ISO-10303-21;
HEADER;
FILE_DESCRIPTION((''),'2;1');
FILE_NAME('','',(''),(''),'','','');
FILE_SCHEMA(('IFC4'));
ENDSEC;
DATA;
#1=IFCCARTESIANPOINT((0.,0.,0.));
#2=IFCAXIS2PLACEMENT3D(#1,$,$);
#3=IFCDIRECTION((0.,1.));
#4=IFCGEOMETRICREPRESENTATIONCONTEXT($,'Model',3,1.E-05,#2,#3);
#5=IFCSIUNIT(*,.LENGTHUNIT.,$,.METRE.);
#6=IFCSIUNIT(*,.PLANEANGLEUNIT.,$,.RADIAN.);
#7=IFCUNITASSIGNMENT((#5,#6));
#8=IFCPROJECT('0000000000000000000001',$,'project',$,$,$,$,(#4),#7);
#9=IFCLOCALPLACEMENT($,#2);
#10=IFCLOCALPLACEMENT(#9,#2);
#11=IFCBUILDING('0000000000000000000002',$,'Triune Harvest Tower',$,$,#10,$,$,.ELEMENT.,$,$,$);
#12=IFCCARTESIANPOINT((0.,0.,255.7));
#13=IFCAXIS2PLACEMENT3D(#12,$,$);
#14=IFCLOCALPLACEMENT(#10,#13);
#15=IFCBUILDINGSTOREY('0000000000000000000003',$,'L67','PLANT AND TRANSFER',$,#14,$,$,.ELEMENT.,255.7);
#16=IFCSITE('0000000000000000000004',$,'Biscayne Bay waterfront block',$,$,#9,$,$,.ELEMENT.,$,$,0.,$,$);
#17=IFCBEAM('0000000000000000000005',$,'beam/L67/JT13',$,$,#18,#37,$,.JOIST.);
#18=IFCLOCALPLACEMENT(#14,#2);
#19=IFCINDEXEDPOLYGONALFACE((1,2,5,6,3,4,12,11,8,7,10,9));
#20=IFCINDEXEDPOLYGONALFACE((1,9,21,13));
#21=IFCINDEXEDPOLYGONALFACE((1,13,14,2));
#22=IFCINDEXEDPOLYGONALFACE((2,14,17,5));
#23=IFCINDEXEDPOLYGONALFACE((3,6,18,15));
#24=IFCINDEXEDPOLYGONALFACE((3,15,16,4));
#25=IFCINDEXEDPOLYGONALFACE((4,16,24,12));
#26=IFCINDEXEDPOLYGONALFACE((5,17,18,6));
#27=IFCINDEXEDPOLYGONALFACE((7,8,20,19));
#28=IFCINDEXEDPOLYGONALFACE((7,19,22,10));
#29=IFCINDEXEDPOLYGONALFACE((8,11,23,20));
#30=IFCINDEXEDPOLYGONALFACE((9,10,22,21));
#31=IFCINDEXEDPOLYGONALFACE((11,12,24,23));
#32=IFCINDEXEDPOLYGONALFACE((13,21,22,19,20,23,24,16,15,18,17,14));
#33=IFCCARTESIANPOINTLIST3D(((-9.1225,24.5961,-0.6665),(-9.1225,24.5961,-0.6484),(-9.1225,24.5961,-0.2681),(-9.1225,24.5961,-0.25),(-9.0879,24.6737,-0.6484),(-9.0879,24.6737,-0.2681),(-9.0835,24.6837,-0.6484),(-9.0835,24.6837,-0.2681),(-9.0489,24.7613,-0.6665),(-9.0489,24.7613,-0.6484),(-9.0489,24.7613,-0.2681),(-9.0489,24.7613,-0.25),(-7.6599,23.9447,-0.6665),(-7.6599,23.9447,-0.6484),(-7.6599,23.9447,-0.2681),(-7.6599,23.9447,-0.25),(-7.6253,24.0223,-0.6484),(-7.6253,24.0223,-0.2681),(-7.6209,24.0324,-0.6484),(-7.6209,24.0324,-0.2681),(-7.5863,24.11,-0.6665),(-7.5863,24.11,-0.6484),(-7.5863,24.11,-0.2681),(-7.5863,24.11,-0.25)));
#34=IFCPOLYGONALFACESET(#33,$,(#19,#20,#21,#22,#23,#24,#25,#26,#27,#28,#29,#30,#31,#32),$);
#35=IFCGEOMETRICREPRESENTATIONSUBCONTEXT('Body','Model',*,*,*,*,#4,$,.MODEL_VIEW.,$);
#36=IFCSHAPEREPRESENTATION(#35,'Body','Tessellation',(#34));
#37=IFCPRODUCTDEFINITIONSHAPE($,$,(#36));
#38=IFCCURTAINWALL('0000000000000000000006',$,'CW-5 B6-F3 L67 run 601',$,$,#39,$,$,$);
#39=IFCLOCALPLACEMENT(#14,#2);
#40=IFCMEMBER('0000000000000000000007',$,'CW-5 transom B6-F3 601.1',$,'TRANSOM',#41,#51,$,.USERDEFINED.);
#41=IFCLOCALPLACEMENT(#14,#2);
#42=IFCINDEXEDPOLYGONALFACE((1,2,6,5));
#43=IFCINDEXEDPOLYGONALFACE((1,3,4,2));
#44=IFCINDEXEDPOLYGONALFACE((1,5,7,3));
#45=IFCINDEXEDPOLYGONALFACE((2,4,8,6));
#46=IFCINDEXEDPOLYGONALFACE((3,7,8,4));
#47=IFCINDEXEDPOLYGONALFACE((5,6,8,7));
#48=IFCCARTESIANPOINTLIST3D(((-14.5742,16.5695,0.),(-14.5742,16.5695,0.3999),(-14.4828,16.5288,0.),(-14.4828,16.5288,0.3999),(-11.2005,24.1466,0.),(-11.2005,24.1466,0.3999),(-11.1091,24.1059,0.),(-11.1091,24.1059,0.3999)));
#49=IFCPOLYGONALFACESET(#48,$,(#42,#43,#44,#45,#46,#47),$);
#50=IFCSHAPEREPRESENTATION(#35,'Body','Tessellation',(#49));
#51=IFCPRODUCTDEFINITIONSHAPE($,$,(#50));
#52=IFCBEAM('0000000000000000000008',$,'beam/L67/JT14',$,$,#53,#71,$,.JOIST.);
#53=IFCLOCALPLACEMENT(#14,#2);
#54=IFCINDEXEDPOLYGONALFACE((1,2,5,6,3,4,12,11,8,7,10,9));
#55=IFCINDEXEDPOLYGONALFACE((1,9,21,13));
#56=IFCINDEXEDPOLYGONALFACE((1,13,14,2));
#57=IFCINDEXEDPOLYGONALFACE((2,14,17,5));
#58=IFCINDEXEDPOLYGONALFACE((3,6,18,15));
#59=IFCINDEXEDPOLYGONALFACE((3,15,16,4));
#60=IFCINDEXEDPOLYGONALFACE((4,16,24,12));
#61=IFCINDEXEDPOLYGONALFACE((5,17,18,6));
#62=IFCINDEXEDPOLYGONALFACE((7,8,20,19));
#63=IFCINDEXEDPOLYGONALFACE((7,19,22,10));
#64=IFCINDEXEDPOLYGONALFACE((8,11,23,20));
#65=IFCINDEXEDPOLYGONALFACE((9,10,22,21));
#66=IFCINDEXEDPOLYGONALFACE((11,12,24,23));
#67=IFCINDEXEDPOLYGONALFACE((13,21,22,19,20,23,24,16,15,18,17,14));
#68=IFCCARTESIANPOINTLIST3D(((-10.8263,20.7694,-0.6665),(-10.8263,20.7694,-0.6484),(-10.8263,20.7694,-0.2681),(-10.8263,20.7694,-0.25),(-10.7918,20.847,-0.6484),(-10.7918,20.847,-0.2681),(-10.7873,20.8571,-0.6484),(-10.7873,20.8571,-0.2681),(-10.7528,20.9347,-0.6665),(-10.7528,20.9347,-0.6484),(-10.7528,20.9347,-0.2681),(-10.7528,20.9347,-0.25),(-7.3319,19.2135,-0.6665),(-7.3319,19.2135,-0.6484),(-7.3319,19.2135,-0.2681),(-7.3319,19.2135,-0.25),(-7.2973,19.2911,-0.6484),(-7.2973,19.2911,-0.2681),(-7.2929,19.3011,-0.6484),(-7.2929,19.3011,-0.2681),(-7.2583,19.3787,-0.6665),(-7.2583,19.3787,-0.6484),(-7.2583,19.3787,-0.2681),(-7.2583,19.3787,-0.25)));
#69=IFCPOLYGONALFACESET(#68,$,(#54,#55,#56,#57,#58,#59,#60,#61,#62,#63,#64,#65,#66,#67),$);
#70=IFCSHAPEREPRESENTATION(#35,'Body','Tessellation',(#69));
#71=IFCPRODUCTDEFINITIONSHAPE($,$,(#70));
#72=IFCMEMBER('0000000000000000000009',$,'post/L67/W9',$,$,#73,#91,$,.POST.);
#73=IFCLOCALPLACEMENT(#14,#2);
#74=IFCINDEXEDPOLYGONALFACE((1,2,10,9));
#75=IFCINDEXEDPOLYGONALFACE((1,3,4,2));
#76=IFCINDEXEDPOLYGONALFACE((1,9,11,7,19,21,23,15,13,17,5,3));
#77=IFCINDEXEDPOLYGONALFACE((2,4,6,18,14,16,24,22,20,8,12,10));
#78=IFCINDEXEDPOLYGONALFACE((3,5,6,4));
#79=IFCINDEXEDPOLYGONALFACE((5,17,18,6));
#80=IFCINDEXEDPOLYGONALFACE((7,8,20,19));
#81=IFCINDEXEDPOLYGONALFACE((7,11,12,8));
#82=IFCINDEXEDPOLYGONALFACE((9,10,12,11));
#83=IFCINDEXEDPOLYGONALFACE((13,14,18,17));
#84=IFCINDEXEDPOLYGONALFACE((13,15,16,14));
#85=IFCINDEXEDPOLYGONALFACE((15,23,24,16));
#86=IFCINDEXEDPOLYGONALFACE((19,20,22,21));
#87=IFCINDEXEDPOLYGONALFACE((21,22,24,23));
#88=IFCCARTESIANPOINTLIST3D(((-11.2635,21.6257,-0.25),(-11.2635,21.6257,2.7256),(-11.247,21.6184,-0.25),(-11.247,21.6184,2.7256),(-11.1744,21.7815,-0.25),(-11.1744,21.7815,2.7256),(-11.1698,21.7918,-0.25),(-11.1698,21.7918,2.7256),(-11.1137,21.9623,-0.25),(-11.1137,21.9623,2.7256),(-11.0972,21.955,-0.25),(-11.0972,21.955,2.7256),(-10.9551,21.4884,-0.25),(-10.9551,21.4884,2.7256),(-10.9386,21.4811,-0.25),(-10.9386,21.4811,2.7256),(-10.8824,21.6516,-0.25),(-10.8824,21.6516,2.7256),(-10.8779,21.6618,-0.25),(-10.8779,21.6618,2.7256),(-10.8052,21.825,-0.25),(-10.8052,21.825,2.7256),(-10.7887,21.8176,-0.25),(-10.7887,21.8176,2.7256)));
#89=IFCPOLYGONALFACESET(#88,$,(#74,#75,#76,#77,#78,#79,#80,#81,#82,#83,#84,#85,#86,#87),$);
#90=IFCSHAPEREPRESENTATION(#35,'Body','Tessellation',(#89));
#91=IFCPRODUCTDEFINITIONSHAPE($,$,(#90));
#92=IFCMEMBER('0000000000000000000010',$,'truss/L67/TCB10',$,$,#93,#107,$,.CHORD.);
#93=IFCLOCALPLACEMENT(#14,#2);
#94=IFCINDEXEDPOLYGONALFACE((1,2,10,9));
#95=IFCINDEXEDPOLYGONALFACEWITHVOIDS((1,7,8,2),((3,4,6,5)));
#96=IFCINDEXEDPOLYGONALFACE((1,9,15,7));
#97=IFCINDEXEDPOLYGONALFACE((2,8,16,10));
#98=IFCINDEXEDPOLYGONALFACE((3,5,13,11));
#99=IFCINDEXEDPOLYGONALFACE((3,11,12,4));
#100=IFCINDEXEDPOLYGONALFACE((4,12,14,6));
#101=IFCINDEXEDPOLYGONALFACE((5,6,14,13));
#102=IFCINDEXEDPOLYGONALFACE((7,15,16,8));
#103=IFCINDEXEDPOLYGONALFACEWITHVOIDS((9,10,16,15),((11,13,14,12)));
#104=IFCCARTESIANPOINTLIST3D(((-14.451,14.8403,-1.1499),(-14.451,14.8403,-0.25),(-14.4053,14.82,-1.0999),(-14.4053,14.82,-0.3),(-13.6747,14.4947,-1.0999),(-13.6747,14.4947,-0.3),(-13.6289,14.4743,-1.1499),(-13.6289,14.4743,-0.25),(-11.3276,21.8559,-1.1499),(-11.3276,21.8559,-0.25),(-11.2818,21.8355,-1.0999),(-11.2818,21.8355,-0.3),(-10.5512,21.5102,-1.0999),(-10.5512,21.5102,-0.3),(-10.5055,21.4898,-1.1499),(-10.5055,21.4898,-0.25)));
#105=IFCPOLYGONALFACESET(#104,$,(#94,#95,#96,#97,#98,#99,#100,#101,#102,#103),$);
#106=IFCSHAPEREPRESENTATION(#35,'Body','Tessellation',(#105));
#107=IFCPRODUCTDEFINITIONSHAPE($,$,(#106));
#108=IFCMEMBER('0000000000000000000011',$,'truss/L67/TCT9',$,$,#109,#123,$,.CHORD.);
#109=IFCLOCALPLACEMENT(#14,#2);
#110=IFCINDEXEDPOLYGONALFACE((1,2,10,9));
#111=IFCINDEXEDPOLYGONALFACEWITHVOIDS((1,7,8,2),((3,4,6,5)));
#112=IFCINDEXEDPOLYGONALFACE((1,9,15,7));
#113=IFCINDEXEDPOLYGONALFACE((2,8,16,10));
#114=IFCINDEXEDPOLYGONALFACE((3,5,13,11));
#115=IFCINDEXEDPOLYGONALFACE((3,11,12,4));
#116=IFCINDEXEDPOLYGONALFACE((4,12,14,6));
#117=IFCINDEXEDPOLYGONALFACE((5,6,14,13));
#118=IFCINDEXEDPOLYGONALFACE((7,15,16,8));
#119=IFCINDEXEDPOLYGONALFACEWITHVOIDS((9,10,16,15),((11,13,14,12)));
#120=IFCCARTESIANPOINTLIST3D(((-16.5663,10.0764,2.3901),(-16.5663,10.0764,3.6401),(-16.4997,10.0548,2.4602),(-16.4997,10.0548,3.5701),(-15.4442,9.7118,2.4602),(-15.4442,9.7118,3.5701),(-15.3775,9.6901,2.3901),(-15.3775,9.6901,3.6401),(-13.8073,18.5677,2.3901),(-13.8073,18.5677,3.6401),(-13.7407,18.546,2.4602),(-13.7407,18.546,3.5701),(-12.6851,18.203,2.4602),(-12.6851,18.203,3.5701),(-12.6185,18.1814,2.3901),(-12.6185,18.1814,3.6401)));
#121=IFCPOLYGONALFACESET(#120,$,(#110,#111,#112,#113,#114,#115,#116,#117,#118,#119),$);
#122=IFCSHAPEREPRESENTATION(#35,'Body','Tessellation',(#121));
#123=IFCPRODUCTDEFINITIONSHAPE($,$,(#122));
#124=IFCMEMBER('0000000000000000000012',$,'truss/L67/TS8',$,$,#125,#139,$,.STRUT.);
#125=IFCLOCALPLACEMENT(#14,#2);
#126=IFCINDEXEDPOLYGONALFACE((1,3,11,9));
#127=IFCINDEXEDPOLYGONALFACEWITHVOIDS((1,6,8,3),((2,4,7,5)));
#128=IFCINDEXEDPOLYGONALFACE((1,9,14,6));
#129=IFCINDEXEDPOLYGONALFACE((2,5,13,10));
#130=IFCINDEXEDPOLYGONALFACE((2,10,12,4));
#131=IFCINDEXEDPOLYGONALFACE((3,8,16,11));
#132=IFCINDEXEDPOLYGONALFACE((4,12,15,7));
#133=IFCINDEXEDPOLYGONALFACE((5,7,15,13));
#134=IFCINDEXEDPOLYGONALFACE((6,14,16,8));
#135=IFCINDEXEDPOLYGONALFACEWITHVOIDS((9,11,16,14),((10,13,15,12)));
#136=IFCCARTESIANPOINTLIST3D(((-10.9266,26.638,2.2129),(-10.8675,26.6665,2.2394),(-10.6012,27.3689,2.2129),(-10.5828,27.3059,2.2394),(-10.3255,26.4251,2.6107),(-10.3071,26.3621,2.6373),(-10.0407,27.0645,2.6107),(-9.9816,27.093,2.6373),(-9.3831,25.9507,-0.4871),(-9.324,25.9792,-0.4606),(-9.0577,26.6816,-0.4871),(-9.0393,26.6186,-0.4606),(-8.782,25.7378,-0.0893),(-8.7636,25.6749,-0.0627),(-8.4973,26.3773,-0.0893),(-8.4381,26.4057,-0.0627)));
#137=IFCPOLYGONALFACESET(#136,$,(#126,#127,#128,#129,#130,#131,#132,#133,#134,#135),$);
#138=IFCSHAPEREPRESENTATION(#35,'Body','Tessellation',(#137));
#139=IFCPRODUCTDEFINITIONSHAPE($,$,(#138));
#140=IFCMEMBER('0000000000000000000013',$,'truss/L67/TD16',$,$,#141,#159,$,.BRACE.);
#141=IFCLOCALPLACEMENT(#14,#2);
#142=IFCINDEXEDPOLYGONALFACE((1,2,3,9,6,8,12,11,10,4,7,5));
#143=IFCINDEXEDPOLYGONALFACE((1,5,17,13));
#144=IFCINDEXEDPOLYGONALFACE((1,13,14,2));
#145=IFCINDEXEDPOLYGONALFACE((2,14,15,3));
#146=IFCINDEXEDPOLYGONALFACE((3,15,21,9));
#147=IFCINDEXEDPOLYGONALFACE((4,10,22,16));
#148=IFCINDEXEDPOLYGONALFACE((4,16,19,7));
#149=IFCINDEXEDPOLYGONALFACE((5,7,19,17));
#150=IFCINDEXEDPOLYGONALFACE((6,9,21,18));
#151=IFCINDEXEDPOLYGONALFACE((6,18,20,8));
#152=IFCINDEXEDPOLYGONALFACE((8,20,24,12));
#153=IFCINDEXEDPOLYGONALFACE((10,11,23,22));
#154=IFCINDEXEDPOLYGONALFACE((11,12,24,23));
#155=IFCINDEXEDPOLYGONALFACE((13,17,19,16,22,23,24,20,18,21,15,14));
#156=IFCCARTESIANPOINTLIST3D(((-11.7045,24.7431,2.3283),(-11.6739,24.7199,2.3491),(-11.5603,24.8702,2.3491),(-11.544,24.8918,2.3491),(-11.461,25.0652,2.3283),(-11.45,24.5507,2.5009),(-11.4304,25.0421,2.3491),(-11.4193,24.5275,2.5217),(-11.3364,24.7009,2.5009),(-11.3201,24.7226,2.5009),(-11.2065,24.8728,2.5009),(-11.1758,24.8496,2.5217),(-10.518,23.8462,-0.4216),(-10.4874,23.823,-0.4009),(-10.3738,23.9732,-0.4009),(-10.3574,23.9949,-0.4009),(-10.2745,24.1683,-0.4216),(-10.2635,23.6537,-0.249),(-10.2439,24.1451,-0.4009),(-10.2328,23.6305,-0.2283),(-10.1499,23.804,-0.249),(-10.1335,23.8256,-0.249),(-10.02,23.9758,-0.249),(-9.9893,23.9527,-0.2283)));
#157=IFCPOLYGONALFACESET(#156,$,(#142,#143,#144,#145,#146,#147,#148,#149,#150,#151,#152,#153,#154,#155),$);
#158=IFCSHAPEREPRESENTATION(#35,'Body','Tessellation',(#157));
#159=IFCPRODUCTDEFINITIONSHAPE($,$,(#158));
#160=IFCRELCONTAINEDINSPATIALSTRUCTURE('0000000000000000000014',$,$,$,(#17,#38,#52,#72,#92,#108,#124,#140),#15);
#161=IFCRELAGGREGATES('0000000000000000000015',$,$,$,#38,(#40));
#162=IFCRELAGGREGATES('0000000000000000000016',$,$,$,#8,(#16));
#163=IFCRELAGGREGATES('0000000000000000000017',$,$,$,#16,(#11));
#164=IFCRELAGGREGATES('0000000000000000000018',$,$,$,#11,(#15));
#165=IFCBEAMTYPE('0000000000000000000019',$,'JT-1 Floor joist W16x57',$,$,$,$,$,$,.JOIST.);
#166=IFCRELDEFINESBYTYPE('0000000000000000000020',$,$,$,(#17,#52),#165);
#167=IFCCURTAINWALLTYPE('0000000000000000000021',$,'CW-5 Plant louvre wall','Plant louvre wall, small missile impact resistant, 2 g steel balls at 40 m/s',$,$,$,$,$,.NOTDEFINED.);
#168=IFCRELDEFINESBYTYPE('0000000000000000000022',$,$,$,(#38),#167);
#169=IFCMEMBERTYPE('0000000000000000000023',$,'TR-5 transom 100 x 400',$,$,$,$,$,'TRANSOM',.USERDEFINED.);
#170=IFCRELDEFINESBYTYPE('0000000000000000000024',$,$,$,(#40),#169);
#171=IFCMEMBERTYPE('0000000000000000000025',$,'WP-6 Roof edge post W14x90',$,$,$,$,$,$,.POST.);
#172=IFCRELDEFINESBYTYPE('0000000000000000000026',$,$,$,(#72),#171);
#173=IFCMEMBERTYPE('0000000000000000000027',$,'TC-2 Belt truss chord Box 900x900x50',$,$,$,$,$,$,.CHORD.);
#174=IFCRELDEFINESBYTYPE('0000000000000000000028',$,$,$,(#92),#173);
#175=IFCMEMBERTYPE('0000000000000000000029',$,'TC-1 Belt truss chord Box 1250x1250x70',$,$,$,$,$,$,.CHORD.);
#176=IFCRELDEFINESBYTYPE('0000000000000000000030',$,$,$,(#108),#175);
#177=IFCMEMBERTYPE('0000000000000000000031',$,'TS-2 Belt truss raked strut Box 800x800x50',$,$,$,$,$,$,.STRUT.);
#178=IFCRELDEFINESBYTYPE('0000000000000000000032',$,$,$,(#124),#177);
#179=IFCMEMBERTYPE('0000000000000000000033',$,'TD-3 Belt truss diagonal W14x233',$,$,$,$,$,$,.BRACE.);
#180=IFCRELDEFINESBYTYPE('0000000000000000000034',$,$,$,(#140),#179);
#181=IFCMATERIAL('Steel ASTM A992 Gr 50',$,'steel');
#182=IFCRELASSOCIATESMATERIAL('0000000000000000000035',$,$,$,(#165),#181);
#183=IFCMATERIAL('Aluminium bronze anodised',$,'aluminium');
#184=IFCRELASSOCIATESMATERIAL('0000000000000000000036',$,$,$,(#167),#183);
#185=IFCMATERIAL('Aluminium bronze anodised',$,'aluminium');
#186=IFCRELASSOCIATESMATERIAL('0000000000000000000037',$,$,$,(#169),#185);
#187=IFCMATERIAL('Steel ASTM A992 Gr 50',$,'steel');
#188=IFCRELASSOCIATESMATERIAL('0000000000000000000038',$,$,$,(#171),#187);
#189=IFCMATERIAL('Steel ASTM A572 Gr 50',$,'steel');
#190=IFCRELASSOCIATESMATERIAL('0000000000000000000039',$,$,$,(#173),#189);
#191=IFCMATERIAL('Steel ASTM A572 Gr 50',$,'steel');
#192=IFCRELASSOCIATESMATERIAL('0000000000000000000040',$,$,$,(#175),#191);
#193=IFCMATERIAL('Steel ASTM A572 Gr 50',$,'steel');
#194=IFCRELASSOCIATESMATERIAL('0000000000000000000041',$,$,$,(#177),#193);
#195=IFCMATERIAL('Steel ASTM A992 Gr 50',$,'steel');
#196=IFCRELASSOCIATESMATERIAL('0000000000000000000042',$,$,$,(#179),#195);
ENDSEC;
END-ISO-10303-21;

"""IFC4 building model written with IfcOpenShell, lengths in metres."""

from ifc_helpers import new_model, si_unit, direction, frame, origin, origin_2d, place, context, subcontext, project, spatial, rectangle, hollow_rectangle, i_section, extrude, source, transform, mapped, material, material_profile, profile_set, type_object, element, aggregate, save


model = new_model("IFC4")

# Units and contexts
model_context = context("Model", 3, precision=1e-05, world=origin(), true_north=direction((0.0, 1.0)))
body_context = subcontext(model_context, "Body", "Model", "MODEL_VIEW")
ifc_project = project(units=[si_unit("LENGTHUNIT", "METRE"), si_unit("PLANEANGLEUNIT", "RADIAN")], contexts=[model_context])

# Site, building, storey
site_placement = place(None, origin())
site = spatial("IfcSite", under=ifc_project, at=site_placement, Name="Biscayne Bay waterfront block", CompositionType="ELEMENT", RefElevation=0.0)
building_placement = place(site_placement, origin())
building = spatial("IfcBuilding", under=site, at=building_placement, Name="Triune Harvest Tower", CompositionType="ELEMENT")
storey_placement = place(building_placement, frame((0.0, 0.0, 255.7)))
storey = spatial("IfcBuildingStorey", under=building, at=storey_placement, Name="L67", Description="PLANT AND TRANSFER", CompositionType="ELEMENT", Elevation=255.7)

# Beam
ifc_material_1 = material(Name="Steel ASTM A992 Gr 50", Category="steel")
ifc_material_profile_1 = material_profile(ifc_material_1, i_section(OverallWidth=0.1809, OverallDepth=0.4165, WebThickness=0.011, FlangeThickness=0.0181, at=origin_2d()), Name="W16x57")
ifc_profile_set_1 = profile_set([ifc_material_profile_1], Name="Steel ASTM A992 Gr 50")
beam_type = type_object("IfcBeamType", Name="JT-1 Floor joist W16x57", PredefinedType="JOIST", material=ifc_profile_set_1)
beam_1_placement = place(storey_placement, frame((-9.0857, 24.6787, -0.4583), z_axis=(0.913509, -0.406817, 0.0), x_axis=(0.406817, 0.913509, 0.0)))
element("IfcBeam", 1, at=beam_1_placement, inside=storey, type_object=beam_type, Name="beam/L67/JT13", PredefinedType="JOIST", context=body_context, shape_type="SweptSolid", body=[
    extrude(i_section(OverallWidth=0.1809, OverallDepth=0.4165, WebThickness=0.011, FlangeThickness=0.0181, at=origin_2d()), origin(), (0.0, 0.0, 1.0), 1.6011),
])

# Curtain wall, member
ifc_material_2 = material(Name="Aluminium bronze anodised", Category="aluminium")
curtain_wall_type = type_object("IfcCurtainWallType", Name="CW-5 Plant louvre wall", Description="Plant louvre wall, small missile impact resistant, 2 g steel balls at 40 m/s", PredefinedType="NOTDEFINED", material=ifc_material_2)
curtain_wall_1_placement = place(storey_placement, origin())
curtain_wall_1 = element("IfcCurtainWall", 2, at=curtain_wall_1_placement, inside=storey, type_object=curtain_wall_type, Name="CW-5 B6-F3 L67 run 601")
ifc_material_3 = material(Name="Aluminium bronze anodised", Category="aluminium")
ifc_material_profile_2 = material_profile(ifc_material_3, rectangle(XDim=0.1001, YDim=0.3999, at=origin_2d()), Name="TR-5 transom 100 x 400")
ifc_profile_set_2 = profile_set([ifc_material_profile_2], Name="Aluminium bronze anodised")
member_type_1 = type_object("IfcMemberType", Name="TR-5 transom 100 x 400", ElementType="TRANSOM", PredefinedType="USERDEFINED", material=ifc_profile_set_2)
member_1_placement = place(storey_placement, frame((-11.1548, 24.1262, 0.2), z_axis=(-0.406758, -0.913536, 0.0), x_axis=(0.913536, -0.406758, 0.0)))
member_1 = element("IfcMember", 3, at=member_1_placement, type_object=member_type_1, Name="CW-5 transom B6-F3 601.1", ObjectType="TRANSOM", PredefinedType="USERDEFINED", context=body_context, shape_type="SweptSolid", body=[
    extrude(rectangle(XDim=0.1001, YDim=0.3999, at=origin_2d()), origin(), (0.0, 0.0, 1.0), 8.2942),
])

# Beam
shared_shape_1 = source(origin(), body_context, "Body", "SweptSolid", [
    extrude(i_section(OverallWidth=0.1809, OverallDepth=0.4165, WebThickness=0.011, FlangeThickness=0.0181, at=origin_2d()), origin(), (0.0, 0.0, 1.0), 3.8252),
])
beam_2_placement = place(storey_placement, frame((-10.7896, 20.8521, -0.4583), z_axis=(0.913535, -0.40676, 0.0), x_axis=(0.40676, 0.913535, 0.0)))
element("IfcBeam", 4, at=beam_2_placement, inside=storey, type_object=beam_type, Name="beam/L67/JT14", PredefinedType="JOIST", context=body_context, shape_type="MappedRepresentation", body=[
    mapped(shared_shape_1, transform((0.0, 0.0, 0.0), scale=1.0)),
])

# Members
ifc_material_4 = material(Name="Steel ASTM A992 Gr 50", Category="steel")
ifc_material_profile_3 = material_profile(ifc_material_4, i_section(OverallWidth=0.3684, OverallDepth=0.3557, WebThickness=0.0112, FlangeThickness=0.0181, at=origin_2d()), Name="W14x90")
ifc_profile_set_3 = profile_set([ifc_material_profile_3], Name="Steel ASTM A992 Gr 50")
member_type_2 = type_object("IfcMemberType", Name="WP-6 Roof edge post W14x90", PredefinedType="POST", material=ifc_profile_set_3)
shared_shape_2 = source(origin(), body_context, "Body", "SweptSolid", [
    extrude(i_section(OverallWidth=0.3684, OverallDepth=0.3557, WebThickness=0.0112, FlangeThickness=0.0181, at=origin_2d()), origin(), (0.0, 0.0, 1.0), 2.9756),
])
member_2_placement = place(storey_placement, frame((-11.0261, 21.7217, -0.25), z_axis=(0.0, 0.0, 1.0), x_axis=(-0.406738, -0.913545, 0.0)))
element("IfcMember", 5, at=member_2_placement, inside=storey, type_object=member_type_2, Name="post/L67/W9", PredefinedType="POST", context=body_context, shape_type="MappedRepresentation", body=[
    mapped(shared_shape_2, transform((0.0, 0.0, 0.0), scale=1.0)),
])
ifc_material_5 = material(Name="Steel ASTM A572 Gr 50", Category="steel")
ifc_material_profile_4 = material_profile(ifc_material_5, hollow_rectangle(XDim=0.8999, YDim=0.8999, WallThickness=0.05, at=origin_2d()), Name="Box 900x900x50")
ifc_profile_set_4 = profile_set([ifc_material_profile_4], Name="Steel ASTM A572 Gr 50")
member_type_3 = type_object("IfcMemberType", Name="TC-2 Belt truss chord Box 900x900x50", PredefinedType="CHORD", material=ifc_profile_set_4)
shared_shape_3 = source(origin(), body_context, "Body", "SweptSolid", [
    extrude(hollow_rectangle(XDim=0.8999, YDim=0.8999, WallThickness=0.05, at=origin_2d()), origin(), (0.0, 0.0, 1.0), 7.6794),
])
member_3_placement = place(storey_placement, frame((-10.9165, 21.6729, -0.7), z_axis=(-0.406734, -0.913547, 0.0), x_axis=(0.913547, -0.406734, 0.0)))
element("IfcMember", 6, at=member_3_placement, inside=storey, type_object=member_type_3, Name="truss/L67/TCB10", PredefinedType="CHORD", context=body_context, shape_type="MappedRepresentation", body=[
    mapped(shared_shape_3, transform((0.0, 0.0, 0.0), scale=1.0)),
])
ifc_material_6 = material(Name="Steel ASTM A572 Gr 50", Category="steel")
ifc_material_profile_5 = material_profile(ifc_material_6, hollow_rectangle(XDim=1.25, YDim=1.25, WallThickness=0.0701, at=origin_2d()), Name="Box 1250x1250x70")
ifc_profile_set_5 = profile_set([ifc_material_profile_5], Name="Steel ASTM A572 Gr 50")
member_type_4 = type_object("IfcMemberType", Name="TC-1 Belt truss chord Box 1250x1250x70", PredefinedType="CHORD", material=ifc_profile_set_5)
shared_shape_4 = source(origin(), body_context, "Body", "SweptSolid", [
    extrude(hollow_rectangle(XDim=1.25, YDim=1.25, WallThickness=0.0701, at=origin_2d()), origin(), (0.0, 0.0, 1.0), 8.9282),
])
member_4_placement = place(storey_placement, frame((-13.2129, 18.3745, 3.0151), z_axis=(-0.309024, -0.951054, 0.0), x_axis=(0.951054, -0.309024, 0.0)))
element("IfcMember", 7, at=member_4_placement, inside=storey, type_object=member_type_4, Name="truss/L67/TCT9", PredefinedType="CHORD", context=body_context, shape_type="MappedRepresentation", body=[
    mapped(shared_shape_4, transform((0.0, 0.0, 0.0), scale=1.0)),
])
ifc_material_7 = material(Name="Steel ASTM A572 Gr 50", Category="steel")
ifc_material_profile_6 = material_profile(ifc_material_7, hollow_rectangle(XDim=0.8, YDim=0.8, WallThickness=0.05, at=origin_2d()), Name="Box 800x800x50")
ifc_profile_set_6 = profile_set([ifc_material_profile_6], Name="Steel ASTM A572 Gr 50")
member_type_5 = type_object("IfcMemberType", Name="TS-2 Belt truss raked strut Box 800x800x50", PredefinedType="STRUT", material=ifc_profile_set_6)
shared_shape_5 = source(origin(), body_context, "Body", "SweptSolid", [
    extrude(hollow_rectangle(XDim=0.8, YDim=0.8, WallThickness=0.05, at=origin_2d()), origin(), (0.0, 0.0, 1.0), 3.1851),
])
member_5_placement = place(storey_placement, frame((-8.9106, 26.1782, -0.2749), z_axis=(-0.4846, 0.215778, 0.847705), x_axis=(-0.406769, -0.913531, 0.0)))
element("IfcMember", 8, at=member_5_placement, inside=storey, type_object=member_type_5, Name="truss/L67/TS8", PredefinedType="STRUT", context=body_context, shape_type="MappedRepresentation", body=[
    mapped(shared_shape_5, transform((0.0, 0.0, 0.0), scale=1.0)),
])
ifc_material_8 = material(Name="Steel ASTM A992 Gr 50", Category="steel")
ifc_material_profile_7 = material_profile(ifc_material_8, i_section(OverallWidth=0.4038, OverallDepth=0.4065, WebThickness=0.0271, FlangeThickness=0.0437, at=origin_2d()), Name="W14x233")
ifc_profile_set_7 = profile_set([ifc_material_profile_7], Name="Steel ASTM A992 Gr 50")
member_type_6 = type_object("IfcMemberType", Name="TD-3 Belt truss diagonal W14x233", PredefinedType="BRACE", material=ifc_profile_set_7)
shared_shape_6 = source(origin(), body_context, "Body", "SweptSolid", [
    extrude(i_section(OverallWidth=0.4038, OverallDepth=0.4065, WebThickness=0.0271, FlangeThickness=0.0437, at=origin_2d()), origin(), (0.0, 0.0, 1.0), 3.1265),
])
member_6_placement = place(storey_placement, frame((-10.2537, 23.8994, -0.325), z_axis=(-0.379507, 0.286895, 0.879583), x_axis=(-0.603042, -0.797709, 0.0)))
element("IfcMember", 9, at=member_6_placement, inside=storey, type_object=member_type_6, Name="truss/L67/TD16", PredefinedType="BRACE", context=body_context, shape_type="MappedRepresentation", body=[
    mapped(shared_shape_6, transform((0.0, 0.0, 0.0), scale=1.0)),
])

aggregate(curtain_wall_1, [member_1])

save(model, "model.ifc")
